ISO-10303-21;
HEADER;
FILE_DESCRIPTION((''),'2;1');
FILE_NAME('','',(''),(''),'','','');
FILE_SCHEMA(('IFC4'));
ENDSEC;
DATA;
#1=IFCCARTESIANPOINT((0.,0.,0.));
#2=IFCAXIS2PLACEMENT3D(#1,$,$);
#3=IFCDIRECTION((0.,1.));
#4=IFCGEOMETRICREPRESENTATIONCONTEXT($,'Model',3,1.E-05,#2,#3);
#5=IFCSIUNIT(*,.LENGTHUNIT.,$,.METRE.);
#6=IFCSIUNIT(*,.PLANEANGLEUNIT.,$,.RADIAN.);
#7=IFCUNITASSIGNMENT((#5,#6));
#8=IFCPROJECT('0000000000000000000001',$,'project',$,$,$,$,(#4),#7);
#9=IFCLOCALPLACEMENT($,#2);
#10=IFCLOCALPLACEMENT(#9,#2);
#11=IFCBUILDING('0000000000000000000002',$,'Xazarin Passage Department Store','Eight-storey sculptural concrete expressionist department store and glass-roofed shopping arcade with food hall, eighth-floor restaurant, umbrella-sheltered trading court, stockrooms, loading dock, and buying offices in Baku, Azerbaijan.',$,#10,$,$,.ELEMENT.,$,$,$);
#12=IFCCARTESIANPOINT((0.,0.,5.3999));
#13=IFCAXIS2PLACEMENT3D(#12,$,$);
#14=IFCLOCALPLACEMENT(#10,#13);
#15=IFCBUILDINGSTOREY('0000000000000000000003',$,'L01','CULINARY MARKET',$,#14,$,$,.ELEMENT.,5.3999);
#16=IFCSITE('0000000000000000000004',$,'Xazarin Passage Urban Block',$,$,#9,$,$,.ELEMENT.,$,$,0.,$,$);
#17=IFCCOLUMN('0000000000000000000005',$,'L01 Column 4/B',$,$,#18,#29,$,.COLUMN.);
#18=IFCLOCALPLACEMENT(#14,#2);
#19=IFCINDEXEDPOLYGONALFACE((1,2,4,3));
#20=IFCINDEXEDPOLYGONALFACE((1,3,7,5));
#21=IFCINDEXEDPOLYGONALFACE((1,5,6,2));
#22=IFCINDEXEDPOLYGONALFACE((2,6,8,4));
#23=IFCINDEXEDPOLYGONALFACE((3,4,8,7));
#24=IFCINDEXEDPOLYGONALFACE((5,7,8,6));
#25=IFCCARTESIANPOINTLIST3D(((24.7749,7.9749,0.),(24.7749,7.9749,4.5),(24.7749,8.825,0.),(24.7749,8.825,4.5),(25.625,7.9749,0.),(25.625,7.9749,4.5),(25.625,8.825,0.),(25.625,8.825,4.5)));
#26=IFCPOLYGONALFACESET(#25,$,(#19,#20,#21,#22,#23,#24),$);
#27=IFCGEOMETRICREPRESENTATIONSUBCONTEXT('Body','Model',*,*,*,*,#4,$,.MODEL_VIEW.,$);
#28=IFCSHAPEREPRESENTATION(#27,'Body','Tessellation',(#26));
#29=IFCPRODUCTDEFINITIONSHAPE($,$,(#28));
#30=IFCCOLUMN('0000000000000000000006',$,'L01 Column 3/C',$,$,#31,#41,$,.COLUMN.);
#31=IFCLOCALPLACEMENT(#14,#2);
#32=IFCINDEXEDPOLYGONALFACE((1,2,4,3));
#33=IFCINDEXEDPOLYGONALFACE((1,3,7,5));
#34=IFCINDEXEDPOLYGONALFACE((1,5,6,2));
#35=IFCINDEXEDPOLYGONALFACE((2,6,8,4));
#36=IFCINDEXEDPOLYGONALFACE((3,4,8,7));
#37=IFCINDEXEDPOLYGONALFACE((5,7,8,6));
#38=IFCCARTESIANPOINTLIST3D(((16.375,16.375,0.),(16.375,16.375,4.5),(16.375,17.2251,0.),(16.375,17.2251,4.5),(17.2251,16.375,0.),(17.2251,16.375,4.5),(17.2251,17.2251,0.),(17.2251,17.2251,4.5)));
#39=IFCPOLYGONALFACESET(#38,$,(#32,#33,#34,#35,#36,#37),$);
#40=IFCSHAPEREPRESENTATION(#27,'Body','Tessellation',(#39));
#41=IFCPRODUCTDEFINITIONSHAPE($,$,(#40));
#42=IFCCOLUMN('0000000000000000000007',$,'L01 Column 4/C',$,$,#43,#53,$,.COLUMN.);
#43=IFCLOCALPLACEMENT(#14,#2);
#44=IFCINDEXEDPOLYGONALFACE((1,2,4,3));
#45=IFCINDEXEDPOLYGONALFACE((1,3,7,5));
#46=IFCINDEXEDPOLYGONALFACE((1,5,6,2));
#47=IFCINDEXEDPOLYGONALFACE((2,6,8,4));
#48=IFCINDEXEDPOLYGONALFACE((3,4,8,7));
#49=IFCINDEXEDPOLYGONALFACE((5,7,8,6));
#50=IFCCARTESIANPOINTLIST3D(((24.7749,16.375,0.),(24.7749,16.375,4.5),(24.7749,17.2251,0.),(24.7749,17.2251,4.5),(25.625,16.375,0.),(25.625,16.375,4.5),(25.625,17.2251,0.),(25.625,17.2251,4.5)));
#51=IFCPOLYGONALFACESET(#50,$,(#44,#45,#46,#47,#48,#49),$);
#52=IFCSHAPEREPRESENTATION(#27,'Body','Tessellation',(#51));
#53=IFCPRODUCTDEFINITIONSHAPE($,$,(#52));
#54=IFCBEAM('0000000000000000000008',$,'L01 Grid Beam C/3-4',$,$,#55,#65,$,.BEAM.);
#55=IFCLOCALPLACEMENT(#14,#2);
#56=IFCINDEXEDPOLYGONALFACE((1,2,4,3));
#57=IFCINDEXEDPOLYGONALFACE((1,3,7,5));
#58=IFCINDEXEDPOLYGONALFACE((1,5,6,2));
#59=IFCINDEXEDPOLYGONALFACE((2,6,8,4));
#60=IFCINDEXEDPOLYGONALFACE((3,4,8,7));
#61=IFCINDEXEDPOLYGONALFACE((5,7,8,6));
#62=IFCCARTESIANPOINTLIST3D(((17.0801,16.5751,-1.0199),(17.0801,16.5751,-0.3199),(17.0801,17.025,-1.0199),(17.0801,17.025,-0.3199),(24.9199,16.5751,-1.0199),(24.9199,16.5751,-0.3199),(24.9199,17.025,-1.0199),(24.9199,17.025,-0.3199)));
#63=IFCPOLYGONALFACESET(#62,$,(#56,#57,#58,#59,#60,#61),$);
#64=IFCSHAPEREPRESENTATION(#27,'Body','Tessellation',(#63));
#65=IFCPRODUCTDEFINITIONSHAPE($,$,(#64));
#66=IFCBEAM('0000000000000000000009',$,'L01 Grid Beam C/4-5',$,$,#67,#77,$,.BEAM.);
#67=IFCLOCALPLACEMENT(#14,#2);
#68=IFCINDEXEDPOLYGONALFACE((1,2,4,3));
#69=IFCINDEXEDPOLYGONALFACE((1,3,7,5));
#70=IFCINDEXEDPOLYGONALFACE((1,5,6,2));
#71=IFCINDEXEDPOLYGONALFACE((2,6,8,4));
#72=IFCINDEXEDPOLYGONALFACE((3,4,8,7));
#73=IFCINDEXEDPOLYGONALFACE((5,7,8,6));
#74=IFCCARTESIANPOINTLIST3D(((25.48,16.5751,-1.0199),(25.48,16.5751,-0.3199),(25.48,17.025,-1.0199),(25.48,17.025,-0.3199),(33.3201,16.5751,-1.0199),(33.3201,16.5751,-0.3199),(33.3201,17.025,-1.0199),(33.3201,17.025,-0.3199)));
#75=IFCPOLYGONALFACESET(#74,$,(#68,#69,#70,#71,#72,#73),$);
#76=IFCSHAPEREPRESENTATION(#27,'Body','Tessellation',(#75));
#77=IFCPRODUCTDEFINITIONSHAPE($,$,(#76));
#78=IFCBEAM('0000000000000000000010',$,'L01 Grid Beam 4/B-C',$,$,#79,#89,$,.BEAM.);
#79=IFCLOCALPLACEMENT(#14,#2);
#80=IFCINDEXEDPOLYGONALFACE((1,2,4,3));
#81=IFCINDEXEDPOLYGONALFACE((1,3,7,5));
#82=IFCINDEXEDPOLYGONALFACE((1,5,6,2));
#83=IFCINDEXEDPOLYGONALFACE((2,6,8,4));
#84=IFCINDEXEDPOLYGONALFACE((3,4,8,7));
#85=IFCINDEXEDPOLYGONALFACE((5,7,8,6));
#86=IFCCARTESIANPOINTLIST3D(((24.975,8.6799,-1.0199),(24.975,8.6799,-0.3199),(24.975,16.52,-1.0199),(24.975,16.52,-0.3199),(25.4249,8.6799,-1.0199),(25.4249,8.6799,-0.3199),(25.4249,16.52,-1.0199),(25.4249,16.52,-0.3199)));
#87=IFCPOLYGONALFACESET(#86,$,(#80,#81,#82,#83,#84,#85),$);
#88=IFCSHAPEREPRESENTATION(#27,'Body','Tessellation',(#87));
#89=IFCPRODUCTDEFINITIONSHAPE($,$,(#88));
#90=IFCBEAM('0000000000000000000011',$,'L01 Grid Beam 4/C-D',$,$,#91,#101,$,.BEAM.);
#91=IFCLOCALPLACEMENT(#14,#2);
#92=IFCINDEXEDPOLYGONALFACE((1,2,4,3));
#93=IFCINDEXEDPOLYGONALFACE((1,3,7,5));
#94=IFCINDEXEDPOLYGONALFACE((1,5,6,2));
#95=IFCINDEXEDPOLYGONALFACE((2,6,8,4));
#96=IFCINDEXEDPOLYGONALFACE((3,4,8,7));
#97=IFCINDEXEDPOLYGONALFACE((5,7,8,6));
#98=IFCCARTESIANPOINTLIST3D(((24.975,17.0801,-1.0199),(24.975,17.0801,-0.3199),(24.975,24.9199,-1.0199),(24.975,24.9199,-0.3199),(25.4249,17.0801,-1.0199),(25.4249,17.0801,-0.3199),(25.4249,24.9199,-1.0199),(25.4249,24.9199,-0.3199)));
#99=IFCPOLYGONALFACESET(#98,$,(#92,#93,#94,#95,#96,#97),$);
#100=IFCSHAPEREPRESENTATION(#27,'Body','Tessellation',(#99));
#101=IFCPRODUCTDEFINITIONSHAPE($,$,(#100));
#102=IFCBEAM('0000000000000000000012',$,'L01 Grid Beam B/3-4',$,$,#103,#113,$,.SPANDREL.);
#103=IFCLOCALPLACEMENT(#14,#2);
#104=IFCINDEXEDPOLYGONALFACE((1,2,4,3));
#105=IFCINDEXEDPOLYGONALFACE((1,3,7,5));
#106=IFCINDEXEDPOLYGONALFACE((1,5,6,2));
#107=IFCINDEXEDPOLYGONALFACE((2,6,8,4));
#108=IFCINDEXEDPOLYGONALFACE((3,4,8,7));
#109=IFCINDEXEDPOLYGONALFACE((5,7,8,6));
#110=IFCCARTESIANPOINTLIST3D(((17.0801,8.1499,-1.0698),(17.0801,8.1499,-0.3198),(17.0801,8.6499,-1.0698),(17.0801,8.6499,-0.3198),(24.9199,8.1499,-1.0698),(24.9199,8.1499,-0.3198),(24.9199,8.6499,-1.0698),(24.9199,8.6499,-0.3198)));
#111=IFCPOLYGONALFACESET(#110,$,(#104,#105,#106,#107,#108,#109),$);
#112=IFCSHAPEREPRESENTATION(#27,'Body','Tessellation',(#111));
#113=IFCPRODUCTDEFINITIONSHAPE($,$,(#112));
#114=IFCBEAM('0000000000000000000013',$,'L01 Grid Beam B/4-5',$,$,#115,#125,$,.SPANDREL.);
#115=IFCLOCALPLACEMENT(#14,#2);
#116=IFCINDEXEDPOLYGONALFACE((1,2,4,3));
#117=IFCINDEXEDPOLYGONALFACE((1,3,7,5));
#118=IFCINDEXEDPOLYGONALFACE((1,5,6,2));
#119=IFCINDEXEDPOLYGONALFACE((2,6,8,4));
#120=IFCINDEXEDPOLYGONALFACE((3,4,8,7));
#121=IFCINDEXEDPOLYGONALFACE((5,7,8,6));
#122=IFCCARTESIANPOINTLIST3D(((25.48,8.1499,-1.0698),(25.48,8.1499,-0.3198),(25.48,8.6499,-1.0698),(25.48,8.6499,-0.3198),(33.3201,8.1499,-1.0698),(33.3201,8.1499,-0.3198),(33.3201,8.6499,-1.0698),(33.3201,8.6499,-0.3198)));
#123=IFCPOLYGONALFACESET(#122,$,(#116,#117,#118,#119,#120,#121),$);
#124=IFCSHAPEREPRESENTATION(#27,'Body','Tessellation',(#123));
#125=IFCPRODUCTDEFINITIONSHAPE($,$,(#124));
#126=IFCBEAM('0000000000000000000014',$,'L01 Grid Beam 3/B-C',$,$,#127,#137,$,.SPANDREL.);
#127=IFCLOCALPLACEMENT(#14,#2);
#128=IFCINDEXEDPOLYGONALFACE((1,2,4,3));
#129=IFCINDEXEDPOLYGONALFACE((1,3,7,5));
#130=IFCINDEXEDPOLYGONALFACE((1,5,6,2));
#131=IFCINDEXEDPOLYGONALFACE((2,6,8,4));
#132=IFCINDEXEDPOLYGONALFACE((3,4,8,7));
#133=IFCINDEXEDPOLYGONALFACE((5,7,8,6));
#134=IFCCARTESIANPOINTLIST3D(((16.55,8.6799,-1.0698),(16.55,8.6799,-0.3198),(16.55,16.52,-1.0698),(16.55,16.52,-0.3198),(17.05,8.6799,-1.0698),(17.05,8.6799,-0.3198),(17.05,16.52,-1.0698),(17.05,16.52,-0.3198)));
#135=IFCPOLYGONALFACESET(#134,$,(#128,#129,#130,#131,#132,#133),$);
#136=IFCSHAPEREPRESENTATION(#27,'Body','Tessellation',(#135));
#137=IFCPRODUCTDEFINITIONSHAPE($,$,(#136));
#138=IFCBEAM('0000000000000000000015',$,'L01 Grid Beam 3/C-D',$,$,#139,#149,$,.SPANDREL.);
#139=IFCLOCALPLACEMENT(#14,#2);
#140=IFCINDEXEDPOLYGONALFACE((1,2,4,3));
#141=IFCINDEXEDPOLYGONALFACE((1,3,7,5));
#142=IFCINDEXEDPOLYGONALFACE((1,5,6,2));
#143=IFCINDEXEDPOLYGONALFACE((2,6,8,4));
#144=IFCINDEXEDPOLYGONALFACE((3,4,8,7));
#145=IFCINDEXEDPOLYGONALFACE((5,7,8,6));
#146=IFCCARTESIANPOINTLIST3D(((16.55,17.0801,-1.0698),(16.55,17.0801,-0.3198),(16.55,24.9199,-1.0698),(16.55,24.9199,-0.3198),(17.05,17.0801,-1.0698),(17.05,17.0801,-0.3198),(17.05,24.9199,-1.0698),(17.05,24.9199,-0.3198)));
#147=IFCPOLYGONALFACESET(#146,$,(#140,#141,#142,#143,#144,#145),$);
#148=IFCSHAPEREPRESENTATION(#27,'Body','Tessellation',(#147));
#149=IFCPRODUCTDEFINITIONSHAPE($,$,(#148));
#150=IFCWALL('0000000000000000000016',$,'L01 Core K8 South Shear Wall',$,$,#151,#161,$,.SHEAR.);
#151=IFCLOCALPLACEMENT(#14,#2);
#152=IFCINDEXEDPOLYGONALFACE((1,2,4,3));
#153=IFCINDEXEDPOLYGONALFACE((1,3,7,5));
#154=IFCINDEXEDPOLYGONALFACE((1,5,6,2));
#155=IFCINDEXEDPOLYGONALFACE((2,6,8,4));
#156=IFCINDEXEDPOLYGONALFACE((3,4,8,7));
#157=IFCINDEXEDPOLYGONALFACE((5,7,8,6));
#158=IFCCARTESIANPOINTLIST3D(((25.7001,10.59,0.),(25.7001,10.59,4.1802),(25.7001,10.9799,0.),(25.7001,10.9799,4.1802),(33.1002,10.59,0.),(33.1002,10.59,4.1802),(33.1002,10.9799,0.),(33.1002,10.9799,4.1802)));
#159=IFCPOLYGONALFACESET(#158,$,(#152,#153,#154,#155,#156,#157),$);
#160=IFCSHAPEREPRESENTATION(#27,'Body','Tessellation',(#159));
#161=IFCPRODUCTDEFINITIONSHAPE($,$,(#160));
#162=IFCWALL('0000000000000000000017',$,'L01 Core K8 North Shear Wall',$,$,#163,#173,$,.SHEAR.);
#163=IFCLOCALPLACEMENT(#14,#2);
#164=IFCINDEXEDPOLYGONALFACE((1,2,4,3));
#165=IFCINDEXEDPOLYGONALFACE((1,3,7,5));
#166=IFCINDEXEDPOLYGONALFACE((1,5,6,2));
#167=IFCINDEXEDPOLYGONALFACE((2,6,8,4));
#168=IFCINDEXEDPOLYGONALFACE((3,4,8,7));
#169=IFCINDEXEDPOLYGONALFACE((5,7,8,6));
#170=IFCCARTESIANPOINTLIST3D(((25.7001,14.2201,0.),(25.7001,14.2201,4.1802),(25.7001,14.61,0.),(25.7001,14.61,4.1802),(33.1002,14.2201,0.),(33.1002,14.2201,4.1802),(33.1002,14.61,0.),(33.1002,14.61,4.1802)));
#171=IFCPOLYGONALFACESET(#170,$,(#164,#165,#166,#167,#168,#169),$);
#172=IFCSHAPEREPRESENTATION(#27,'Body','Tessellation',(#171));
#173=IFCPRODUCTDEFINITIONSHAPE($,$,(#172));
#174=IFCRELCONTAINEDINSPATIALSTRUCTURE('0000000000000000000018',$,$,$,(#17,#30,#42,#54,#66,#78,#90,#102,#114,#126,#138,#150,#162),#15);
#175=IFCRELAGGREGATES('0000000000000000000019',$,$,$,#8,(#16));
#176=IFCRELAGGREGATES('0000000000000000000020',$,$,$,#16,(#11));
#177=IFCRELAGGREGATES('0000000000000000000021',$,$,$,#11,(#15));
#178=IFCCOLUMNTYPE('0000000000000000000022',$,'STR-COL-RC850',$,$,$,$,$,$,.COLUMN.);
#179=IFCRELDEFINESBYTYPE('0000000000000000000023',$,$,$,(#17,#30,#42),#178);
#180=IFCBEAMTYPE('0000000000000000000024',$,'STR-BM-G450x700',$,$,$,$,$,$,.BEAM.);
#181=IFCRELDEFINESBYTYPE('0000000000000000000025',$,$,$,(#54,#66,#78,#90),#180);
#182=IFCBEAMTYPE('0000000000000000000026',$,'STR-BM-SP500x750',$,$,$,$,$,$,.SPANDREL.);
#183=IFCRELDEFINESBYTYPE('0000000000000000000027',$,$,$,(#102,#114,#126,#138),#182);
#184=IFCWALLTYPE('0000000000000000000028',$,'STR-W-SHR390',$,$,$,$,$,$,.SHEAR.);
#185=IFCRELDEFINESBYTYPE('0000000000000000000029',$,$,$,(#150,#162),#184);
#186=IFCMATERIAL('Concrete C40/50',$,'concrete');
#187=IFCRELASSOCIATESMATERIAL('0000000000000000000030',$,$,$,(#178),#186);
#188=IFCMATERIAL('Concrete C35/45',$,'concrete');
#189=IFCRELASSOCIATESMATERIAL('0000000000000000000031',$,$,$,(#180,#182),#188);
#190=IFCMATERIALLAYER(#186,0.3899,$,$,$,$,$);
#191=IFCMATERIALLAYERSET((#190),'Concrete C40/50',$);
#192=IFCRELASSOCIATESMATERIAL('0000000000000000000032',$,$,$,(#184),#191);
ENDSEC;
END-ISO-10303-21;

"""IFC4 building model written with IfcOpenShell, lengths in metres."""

from ifc_helpers import new_model, si_unit, direction, frame, frame_2d, origin, origin_2d, place, context, subcontext, project, spatial, rectangle, extrude, material, layer, layer_set, material_profile, profile_set, type_object, element, save


model = new_model("IFC4")

# Units and contexts
model_context = context("Model", 3, precision=1e-05, world=origin(), true_north=direction((0.0, 1.0)))
body_context = subcontext(model_context, "Body", "Model", "MODEL_VIEW")
ifc_project = project(units=[si_unit("LENGTHUNIT", "METRE"), si_unit("PLANEANGLEUNIT", "RADIAN")], contexts=[model_context])

# Site, building, storey
site_placement = place(None, origin())
site = spatial("IfcSite", under=ifc_project, at=site_placement, Name="Xazarin Passage Urban Block", CompositionType="ELEMENT", RefElevation=0.0)
building_placement = place(site_placement, origin())
building = spatial("IfcBuilding", under=site, at=building_placement, Name="Xazarin Passage Department Store", Description="Eight-storey sculptural concrete expressionist department store and glass-roofed shopping arcade with food hall, eighth-floor restaurant, umbrella-sheltered trading court, stockrooms, loading dock, and buying offices in Baku, Azerbaijan.", CompositionType="ELEMENT")
storey_placement = place(building_placement, frame((0.0, 0.0, 5.3999)))
storey = spatial("IfcBuildingStorey", under=building, at=storey_placement, Name="L01", Description="CULINARY MARKET", CompositionType="ELEMENT", Elevation=5.3999)

# Columns
ifc_material_1 = material(Name="Concrete C40/50", Category="concrete")
ifc_material_profile_1 = material_profile(ifc_material_1, rectangle(XDim=0.8501, YDim=0.8501, at=origin_2d()), Name="RC 850x850")
ifc_profile_set_1 = profile_set([ifc_material_profile_1], Name="Concrete C40/50")
column_type = type_object("IfcColumnType", Name="STR-COL-RC850", PredefinedType="COLUMN", material=ifc_profile_set_1)
for number, where, z_axis, x_axis, name in (
    (1, (25.2, 8.3999, 0.0), (0.0, 0.0, 1.0), (1.0, 0.0, 0.0), "L01 Column 4/B"),
    (2, (16.8, 16.8, 0.0), (0.0, 0.0, 1.0), (1.0, 0.0, 0.0), "L01 Column 3/C"),
    (3, (25.2, 16.8, 0.0), (0.0, 0.0, 1.0), (1.0, 0.0, 0.0), "L01 Column 4/C"),
):
    element("IfcColumn", number, at=place(storey_placement, frame(where, z_axis=z_axis, x_axis=x_axis)), inside=storey, type_object=column_type, Name=name, PredefinedType="COLUMN", context=body_context, shape_type="SweptSolid", body=[
        extrude(rectangle(XDim=0.8501, YDim=0.8501, at=origin_2d()), origin(), (0.0, 0.0, 1.0), 4.5),
    ])

# Beams
ifc_material_2 = material(Name="Concrete C35/45", Category="concrete")
ifc_material_profile_2 = material_profile(ifc_material_2, rectangle(XDim=0.45, YDim=0.7, at=origin_2d()), Name="RC 450x700")
ifc_profile_set_2 = profile_set([ifc_material_profile_2], Name="Concrete C35/45")
beam_type_1 = type_object("IfcBeamType", Name="STR-BM-G450x700", PredefinedType="BEAM", material=ifc_profile_set_2)
beam_1_placement = place(storey_placement, frame((17.0801, 16.8, -0.6699), z_axis=(1.0, 0.0, 0.0), x_axis=(0.0, 1.0, 0.0)))
element("IfcBeam", 4, at=beam_1_placement, inside=storey, type_object=beam_type_1, Name="L01 Grid Beam C/3-4", PredefinedType="BEAM", context=body_context, shape_type="SweptSolid", body=[
    extrude(rectangle(XDim=0.45, YDim=0.7, at=origin_2d()), origin(), (0.0, 0.0, 1.0), 7.8398),
])
for number, where, z_axis, x_axis, name in (
    (5, (25.48, 16.8, -0.6699), (1.0, 0.0, 0.0), (0.0, 1.0, 0.0), "L01 Grid Beam C/4-5"),
    (6, (25.2, 8.6799, -0.6699), (0.0, 1.0, 0.0), (-1.0, 0.0, 0.0), "L01 Grid Beam 4/B-C"),
):
    element("IfcBeam", number, at=place(storey_placement, frame(where, z_axis=z_axis, x_axis=x_axis)), inside=storey, type_object=beam_type_1, Name=name, PredefinedType="BEAM", context=body_context, shape_type="SweptSolid", body=[
        extrude(rectangle(XDim=0.45, YDim=0.7, at=origin_2d()), origin(), (0.0, 0.0, 1.0), 7.8401),
    ])
beam_2_placement = place(storey_placement, frame((25.2, 17.0801, -0.6699), z_axis=(0.0, 1.0, 0.0), x_axis=(-1.0, 0.0, 0.0)))
element("IfcBeam", 7, at=beam_2_placement, inside=storey, type_object=beam_type_1, Name="L01 Grid Beam 4/C-D", PredefinedType="BEAM", context=body_context, shape_type="SweptSolid", body=[
    extrude(rectangle(XDim=0.45, YDim=0.7, at=origin_2d()), origin(), (0.0, 0.0, 1.0), 7.8398),
])
ifc_material_profile_3 = material_profile(ifc_material_2, rectangle(XDim=0.5, YDim=0.75, at=origin_2d()), Name="RC 500x750")
ifc_profile_set_3 = profile_set([ifc_material_profile_3], Name="Concrete C35/45")
beam_type_2 = type_object("IfcBeamType", Name="STR-BM-SP500x750", PredefinedType="SPANDREL", material=ifc_profile_set_3)
beam_3_placement = place(storey_placement, frame((17.0801, 8.3999, -0.6948), z_axis=(1.0, 0.0, 0.0), x_axis=(0.0, 1.0, 0.0)))
element("IfcBeam", 8, at=beam_3_placement, inside=storey, type_object=beam_type_2, Name="L01 Grid Beam B/3-4", PredefinedType="SPANDREL", context=body_context, shape_type="SweptSolid", body=[
    extrude(rectangle(XDim=0.5, YDim=0.75, at=origin_2d()), origin(), (0.0, 0.0, 1.0), 7.8398),
])
for number, where, z_axis, x_axis, name in (
    (9, (25.48, 8.3999, -0.6948), (1.0, 0.0, 0.0), (0.0, 1.0, 0.0), "L01 Grid Beam B/4-5"),
    (10, (16.8, 8.6799, -0.6948), (0.0, 1.0, 0.0), (-1.0, 0.0, 0.0), "L01 Grid Beam 3/B-C"),
):
    element("IfcBeam", number, at=place(storey_placement, frame(where, z_axis=z_axis, x_axis=x_axis)), inside=storey, type_object=beam_type_2, Name=name, PredefinedType="SPANDREL", context=body_context, shape_type="SweptSolid", body=[
        extrude(rectangle(XDim=0.5, YDim=0.75, at=origin_2d()), origin(), (0.0, 0.0, 1.0), 7.8401),
    ])
beam_4_placement = place(storey_placement, frame((16.8, 17.0801, -0.6948), z_axis=(0.0, 1.0, 0.0), x_axis=(-1.0, 0.0, 0.0)))
element("IfcBeam", 11, at=beam_4_placement, inside=storey, type_object=beam_type_2, Name="L01 Grid Beam 3/C-D", PredefinedType="SPANDREL", context=body_context, shape_type="SweptSolid", body=[
    extrude(rectangle(XDim=0.5, YDim=0.75, at=origin_2d()), origin(), (0.0, 0.0, 1.0), 7.8398),
])

# Shared definitions
ifc_layer = layer(ifc_material_1, 0.3899)
ifc_layer_set = layer_set([ifc_layer], Name="Concrete C40/50")
wall_type = type_object("IfcWallType", Name="STR-W-SHR390", PredefinedType="SHEAR", material=ifc_layer_set)

# Walls
for number, where, z_axis, x_axis, name in (
    (12, (25.7, 10.7849, 0.0), (0.0, 0.0, 1.0), (1.0, 0.0, 0.0), "L01 Core K8 South Shear Wall"),
    (13, (25.7, 14.415, 0.0), (0.0, 0.0, 1.0), (1.0, 0.0, 0.0), "L01 Core K8 North Shear Wall"),
):
    element("IfcWall", number, at=place(storey_placement, frame(where, z_axis=z_axis, x_axis=x_axis)), inside=storey, type_object=wall_type, Name=name, PredefinedType="SHEAR", context=body_context, shape_type="SweptSolid", body=[
        extrude(rectangle(XDim=7.4001, YDim=0.3899, at=frame_2d((3.7002, 0.0))), origin(), (0.0, 0.0, 1.0), 4.1802),
    ])

save(model, "model.ifc")
